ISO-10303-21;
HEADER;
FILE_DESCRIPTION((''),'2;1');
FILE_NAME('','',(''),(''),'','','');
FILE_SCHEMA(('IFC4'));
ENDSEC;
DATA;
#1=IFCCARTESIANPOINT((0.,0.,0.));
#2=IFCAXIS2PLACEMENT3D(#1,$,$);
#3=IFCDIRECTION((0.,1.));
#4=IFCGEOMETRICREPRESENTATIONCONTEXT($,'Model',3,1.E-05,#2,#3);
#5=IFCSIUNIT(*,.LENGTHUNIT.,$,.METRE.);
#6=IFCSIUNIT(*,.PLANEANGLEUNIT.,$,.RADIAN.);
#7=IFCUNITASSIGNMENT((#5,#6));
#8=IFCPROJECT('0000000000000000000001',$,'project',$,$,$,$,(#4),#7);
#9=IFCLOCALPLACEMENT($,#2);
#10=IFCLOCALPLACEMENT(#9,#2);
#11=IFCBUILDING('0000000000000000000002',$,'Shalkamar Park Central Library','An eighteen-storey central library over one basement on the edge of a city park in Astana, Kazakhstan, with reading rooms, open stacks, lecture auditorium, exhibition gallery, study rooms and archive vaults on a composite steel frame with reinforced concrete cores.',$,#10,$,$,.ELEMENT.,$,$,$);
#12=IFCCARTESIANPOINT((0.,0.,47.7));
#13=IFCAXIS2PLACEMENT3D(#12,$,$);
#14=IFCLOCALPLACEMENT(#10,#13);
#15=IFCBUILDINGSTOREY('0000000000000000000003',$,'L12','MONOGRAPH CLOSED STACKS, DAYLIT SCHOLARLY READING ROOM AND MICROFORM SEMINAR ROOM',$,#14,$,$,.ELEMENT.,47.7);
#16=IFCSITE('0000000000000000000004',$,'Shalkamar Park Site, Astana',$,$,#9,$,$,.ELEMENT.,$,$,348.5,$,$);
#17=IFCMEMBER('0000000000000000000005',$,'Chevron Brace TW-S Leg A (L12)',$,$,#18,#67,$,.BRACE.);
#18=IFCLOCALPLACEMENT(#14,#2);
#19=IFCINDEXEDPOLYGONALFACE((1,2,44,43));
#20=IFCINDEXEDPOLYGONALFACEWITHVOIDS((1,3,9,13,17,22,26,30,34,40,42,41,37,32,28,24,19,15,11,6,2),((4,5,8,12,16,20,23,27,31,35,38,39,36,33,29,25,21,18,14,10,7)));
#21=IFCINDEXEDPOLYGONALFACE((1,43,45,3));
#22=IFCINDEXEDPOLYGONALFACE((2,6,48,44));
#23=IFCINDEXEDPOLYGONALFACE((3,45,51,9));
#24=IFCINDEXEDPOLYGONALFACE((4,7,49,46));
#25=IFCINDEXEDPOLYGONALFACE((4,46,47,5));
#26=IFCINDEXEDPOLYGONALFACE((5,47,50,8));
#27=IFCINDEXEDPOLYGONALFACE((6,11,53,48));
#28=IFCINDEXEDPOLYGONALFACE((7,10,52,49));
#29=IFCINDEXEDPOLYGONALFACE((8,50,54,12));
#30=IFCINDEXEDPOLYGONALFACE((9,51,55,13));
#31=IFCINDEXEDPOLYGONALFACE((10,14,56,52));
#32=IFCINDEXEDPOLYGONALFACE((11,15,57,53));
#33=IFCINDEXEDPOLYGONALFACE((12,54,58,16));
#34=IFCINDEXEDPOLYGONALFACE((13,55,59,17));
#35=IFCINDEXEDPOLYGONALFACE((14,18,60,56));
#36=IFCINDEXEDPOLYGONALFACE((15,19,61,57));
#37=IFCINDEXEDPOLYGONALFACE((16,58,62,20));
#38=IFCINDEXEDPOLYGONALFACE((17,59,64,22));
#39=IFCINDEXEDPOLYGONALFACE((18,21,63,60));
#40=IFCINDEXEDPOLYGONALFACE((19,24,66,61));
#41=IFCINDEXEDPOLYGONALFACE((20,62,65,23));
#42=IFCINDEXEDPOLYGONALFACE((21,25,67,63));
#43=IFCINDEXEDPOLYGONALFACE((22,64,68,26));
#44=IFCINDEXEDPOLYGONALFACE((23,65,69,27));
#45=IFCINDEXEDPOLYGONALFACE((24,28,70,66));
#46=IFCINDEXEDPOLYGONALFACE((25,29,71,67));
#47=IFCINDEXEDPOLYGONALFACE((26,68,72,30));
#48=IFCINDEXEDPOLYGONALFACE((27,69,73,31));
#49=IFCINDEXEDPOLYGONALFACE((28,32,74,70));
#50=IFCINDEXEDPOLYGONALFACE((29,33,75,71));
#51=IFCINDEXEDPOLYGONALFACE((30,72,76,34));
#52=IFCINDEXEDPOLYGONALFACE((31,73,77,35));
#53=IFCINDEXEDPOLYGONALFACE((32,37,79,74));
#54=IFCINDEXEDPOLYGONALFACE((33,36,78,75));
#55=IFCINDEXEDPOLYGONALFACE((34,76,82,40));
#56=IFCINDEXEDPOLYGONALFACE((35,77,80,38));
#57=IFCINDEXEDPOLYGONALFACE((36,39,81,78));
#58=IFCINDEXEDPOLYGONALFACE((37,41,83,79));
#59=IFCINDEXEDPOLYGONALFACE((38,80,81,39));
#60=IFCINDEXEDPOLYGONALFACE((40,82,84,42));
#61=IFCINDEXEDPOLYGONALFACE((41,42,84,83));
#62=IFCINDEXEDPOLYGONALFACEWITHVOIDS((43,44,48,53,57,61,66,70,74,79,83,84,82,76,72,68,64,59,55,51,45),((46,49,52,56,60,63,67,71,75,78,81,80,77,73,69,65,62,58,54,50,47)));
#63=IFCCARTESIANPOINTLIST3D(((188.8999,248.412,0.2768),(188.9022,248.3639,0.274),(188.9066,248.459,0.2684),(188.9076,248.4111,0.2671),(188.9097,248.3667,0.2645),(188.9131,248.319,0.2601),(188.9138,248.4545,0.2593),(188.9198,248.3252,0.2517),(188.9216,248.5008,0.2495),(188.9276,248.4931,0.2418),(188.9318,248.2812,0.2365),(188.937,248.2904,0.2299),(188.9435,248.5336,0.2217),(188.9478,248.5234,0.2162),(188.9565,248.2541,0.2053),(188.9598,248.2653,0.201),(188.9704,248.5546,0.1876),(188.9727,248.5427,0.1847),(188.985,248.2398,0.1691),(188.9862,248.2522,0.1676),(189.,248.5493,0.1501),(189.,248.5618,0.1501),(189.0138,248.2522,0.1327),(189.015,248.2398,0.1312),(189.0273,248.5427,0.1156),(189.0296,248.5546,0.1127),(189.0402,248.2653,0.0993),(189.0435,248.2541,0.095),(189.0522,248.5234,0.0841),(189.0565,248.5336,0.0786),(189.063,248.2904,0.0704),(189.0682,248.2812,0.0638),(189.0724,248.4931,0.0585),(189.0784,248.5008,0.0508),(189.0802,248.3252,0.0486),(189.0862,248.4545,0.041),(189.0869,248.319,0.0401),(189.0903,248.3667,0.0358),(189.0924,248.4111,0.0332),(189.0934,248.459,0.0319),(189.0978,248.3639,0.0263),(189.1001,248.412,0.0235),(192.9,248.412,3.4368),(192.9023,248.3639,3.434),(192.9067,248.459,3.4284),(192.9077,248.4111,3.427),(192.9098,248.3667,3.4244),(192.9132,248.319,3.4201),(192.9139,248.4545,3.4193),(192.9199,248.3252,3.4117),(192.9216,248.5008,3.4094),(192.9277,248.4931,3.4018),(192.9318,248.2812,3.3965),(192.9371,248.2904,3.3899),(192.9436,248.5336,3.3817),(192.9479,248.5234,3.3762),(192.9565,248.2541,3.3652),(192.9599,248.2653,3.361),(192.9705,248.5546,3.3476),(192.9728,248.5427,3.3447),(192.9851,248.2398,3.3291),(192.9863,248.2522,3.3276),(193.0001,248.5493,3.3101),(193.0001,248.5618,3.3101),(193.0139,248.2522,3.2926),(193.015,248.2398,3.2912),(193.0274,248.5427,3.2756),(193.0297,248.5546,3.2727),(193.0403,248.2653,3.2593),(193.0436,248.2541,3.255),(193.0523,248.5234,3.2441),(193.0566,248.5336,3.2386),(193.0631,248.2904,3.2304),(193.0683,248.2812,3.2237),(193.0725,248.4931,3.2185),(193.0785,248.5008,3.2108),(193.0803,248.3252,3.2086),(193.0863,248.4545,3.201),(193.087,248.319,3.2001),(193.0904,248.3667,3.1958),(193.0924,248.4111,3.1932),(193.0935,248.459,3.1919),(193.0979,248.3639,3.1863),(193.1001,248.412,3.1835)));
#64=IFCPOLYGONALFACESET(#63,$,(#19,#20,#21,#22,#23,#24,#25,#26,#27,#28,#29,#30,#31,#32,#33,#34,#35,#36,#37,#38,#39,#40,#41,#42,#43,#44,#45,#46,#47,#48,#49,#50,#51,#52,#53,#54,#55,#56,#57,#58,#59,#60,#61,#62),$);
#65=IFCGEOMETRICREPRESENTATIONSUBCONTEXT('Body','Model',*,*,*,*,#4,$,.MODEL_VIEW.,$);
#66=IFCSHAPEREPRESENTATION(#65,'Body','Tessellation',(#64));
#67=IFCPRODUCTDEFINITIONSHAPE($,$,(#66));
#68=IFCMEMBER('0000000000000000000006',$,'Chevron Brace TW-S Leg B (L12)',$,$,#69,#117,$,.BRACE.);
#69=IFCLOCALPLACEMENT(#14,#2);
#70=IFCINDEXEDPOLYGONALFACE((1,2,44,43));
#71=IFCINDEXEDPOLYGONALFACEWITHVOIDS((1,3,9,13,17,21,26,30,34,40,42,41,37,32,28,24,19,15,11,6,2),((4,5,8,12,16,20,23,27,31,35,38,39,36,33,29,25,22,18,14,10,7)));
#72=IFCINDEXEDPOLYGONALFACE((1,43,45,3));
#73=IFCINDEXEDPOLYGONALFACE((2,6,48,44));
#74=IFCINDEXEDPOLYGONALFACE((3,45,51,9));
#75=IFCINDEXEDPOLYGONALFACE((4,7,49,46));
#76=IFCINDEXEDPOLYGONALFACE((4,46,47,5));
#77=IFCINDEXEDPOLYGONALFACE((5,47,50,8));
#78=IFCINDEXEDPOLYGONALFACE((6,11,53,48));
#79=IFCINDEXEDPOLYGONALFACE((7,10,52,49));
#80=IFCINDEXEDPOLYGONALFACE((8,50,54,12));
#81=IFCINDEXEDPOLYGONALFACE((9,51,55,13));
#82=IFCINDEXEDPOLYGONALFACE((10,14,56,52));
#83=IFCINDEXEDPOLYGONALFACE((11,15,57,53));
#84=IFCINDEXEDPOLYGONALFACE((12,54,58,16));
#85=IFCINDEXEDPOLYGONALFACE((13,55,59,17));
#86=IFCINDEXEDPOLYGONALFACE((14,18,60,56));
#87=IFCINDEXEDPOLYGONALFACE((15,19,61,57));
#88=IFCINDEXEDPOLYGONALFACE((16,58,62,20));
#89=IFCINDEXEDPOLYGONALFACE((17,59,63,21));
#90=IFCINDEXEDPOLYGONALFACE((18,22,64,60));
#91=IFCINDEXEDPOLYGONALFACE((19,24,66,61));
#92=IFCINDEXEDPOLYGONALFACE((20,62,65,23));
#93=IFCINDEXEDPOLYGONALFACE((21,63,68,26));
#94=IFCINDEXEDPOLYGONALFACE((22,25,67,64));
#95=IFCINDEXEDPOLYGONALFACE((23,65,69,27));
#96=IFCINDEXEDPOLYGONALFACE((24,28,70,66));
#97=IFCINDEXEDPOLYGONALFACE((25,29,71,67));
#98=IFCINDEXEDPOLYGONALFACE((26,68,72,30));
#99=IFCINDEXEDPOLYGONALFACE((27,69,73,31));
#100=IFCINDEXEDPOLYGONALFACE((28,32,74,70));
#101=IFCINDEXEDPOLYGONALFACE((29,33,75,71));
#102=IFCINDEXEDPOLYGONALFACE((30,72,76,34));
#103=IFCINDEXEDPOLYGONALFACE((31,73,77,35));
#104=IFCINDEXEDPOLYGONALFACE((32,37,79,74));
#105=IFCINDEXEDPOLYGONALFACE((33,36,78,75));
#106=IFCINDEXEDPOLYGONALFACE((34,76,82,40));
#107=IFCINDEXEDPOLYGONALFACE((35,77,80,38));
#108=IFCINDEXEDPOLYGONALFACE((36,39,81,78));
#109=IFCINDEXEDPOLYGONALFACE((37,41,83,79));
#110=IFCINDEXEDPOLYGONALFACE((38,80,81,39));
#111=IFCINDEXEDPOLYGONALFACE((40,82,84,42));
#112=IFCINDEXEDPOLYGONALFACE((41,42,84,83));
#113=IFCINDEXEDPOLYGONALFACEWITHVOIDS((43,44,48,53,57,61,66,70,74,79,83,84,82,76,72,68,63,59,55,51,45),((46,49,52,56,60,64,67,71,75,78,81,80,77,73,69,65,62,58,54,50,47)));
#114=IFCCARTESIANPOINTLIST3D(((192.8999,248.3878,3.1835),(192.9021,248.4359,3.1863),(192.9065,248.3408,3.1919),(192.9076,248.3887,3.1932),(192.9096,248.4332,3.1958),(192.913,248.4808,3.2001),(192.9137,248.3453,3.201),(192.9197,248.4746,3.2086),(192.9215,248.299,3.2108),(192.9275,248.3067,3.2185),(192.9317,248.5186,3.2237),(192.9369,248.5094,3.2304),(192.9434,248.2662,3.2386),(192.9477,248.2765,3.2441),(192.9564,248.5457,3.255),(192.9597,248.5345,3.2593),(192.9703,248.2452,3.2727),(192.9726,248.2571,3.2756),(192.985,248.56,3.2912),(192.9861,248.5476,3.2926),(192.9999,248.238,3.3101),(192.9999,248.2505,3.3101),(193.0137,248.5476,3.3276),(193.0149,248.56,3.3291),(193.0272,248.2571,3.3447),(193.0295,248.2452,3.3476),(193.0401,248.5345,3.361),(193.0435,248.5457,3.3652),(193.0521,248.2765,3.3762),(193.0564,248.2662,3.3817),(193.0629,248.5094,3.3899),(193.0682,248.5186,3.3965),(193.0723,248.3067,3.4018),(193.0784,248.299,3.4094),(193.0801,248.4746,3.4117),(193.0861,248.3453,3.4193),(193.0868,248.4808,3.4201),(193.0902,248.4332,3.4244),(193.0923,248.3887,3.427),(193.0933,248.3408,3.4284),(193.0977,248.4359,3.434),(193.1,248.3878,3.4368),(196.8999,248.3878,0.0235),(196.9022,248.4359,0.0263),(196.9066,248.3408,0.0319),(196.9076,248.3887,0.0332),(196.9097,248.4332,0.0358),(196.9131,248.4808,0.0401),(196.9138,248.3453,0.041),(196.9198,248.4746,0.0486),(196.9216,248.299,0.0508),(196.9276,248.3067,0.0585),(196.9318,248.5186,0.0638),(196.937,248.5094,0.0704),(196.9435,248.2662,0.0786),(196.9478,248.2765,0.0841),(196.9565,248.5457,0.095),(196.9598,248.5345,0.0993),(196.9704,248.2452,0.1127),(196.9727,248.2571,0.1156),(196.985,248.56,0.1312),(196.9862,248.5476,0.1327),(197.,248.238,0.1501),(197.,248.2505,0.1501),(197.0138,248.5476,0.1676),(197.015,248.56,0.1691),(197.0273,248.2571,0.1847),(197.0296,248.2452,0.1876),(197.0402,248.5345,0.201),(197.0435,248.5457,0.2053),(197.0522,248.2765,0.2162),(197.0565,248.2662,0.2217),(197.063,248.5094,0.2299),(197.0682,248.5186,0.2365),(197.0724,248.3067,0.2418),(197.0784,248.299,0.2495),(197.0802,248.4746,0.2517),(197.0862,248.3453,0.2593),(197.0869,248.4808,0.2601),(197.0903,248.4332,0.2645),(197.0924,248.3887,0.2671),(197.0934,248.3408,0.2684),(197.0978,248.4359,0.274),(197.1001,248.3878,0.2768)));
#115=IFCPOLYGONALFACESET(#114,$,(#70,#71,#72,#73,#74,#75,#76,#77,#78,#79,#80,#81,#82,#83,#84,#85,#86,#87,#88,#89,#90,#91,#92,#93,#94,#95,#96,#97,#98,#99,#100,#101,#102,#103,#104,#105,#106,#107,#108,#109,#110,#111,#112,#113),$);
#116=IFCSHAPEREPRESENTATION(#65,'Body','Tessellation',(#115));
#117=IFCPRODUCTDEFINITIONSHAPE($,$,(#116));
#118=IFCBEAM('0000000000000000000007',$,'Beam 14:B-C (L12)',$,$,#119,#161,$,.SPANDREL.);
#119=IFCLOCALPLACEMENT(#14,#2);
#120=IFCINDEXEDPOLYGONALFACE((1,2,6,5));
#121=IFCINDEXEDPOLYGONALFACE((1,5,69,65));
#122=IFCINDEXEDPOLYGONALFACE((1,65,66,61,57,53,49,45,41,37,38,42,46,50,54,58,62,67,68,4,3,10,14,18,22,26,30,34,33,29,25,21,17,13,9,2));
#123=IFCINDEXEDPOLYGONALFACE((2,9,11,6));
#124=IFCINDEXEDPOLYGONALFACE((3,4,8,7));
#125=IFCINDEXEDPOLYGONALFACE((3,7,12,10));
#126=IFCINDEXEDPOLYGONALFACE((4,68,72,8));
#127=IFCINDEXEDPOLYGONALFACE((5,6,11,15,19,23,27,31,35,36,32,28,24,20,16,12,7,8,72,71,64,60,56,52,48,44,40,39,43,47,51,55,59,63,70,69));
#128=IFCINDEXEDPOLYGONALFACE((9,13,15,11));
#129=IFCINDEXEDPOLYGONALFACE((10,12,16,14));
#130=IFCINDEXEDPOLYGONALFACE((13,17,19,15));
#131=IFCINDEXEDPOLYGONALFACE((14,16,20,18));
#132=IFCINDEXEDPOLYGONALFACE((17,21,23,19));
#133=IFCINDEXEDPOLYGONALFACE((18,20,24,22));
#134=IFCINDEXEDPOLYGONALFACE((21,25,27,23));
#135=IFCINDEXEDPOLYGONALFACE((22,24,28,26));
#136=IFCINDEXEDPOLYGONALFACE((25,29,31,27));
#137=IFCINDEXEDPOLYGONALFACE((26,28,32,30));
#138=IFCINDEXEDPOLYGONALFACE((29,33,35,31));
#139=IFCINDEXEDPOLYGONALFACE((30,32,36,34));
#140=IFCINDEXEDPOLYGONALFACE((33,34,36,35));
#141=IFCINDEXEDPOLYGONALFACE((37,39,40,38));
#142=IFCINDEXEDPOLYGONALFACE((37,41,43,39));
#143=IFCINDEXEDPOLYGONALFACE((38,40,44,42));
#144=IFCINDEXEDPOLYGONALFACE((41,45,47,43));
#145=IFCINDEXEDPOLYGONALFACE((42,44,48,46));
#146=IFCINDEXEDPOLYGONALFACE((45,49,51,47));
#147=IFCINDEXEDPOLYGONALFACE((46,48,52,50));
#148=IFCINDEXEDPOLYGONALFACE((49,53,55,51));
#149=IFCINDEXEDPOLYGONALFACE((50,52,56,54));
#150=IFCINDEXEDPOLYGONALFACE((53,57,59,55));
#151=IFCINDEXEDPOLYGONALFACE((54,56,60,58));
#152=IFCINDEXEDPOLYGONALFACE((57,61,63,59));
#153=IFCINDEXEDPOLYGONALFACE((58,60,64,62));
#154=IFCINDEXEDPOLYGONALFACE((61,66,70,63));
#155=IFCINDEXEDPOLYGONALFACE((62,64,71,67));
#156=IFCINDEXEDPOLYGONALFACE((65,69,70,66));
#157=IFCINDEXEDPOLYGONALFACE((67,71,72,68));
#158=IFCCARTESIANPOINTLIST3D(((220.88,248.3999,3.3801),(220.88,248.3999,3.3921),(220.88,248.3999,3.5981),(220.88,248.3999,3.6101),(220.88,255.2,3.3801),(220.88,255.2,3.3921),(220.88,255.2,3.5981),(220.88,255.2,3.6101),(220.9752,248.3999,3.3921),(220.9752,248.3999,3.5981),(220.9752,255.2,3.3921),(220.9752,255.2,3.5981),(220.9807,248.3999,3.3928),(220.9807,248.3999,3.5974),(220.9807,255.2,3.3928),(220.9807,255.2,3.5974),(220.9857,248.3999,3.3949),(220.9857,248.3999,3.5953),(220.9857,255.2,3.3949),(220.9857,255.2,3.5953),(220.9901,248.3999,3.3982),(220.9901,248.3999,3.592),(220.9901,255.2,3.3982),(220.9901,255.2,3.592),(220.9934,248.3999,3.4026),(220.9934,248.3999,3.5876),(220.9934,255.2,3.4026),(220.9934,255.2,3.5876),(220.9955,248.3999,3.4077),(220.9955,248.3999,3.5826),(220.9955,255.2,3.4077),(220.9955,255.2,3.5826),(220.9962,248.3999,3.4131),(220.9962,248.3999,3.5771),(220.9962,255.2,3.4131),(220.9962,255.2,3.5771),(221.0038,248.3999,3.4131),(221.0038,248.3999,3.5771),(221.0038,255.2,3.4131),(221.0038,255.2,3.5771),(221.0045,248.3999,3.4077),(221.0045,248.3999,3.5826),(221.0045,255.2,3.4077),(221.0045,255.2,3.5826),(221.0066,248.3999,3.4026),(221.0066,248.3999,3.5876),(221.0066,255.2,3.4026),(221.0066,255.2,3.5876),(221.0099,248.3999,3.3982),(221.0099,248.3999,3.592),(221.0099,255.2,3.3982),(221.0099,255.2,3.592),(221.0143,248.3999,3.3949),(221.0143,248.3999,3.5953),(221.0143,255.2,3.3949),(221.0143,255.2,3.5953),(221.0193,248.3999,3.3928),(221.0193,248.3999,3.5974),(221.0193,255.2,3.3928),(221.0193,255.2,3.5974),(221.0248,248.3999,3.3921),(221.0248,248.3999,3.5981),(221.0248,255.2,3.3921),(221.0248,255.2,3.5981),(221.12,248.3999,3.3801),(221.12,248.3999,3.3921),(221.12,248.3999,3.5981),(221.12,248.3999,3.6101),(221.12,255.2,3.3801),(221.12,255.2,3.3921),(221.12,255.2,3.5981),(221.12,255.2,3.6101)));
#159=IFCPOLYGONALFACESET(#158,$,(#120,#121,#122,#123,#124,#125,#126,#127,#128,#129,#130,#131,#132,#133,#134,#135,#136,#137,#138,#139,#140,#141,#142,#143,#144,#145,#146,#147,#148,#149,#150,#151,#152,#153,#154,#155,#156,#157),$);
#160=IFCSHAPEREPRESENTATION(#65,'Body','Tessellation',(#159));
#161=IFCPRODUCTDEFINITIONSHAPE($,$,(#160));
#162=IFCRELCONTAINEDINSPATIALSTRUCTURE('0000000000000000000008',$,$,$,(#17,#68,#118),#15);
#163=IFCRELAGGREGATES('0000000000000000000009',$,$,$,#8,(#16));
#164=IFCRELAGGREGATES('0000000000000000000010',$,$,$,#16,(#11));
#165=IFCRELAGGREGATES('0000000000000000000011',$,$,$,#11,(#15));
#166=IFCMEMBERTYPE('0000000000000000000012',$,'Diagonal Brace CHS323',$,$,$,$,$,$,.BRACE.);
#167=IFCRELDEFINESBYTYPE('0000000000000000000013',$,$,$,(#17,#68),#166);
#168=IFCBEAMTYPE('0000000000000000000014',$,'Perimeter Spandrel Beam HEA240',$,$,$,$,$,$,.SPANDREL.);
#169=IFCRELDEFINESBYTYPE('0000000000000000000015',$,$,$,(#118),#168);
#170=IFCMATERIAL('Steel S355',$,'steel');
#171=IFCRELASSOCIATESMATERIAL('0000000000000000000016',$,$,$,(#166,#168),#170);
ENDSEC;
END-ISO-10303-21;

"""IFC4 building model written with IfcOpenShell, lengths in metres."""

from ifc_helpers import new_model, si_unit, direction, frame, origin, origin_2d, place, context, subcontext, project, spatial, hollow_circle, i_section, extrude, material, material_profile, profile_set, type_object, element, save


model = new_model("IFC4")

# Units and contexts
model_context = context("Model", 3, precision=1e-05, world=origin(), true_north=direction((0.0, 1.0)))
body_context = subcontext(model_context, "Body", "Model", "MODEL_VIEW")
ifc_project = project(units=[si_unit("LENGTHUNIT", "METRE"), si_unit("PLANEANGLEUNIT", "RADIAN")], contexts=[model_context])

# Site, building, storey
site_placement = place(None, origin())
site = spatial("IfcSite", under=ifc_project, at=site_placement, Name="Shalkamar Park Site, Astana", CompositionType="ELEMENT", RefElevation=348.5)
building_placement = place(site_placement, origin())
building = spatial("IfcBuilding", under=site, at=building_placement, Name="Shalkamar Park Central Library", Description="An eighteen-storey central library over one basement on the edge of a city park in Astana, Kazakhstan, with reading rooms, open stacks, lecture auditorium, exhibition gallery, study rooms and archive vaults on a composite steel frame with reinforced concrete cores.", CompositionType="ELEMENT")
storey_placement = place(building_placement, frame((0.0, 0.0, 47.7)))
storey = spatial("IfcBuildingStorey", under=building, at=storey_placement, Name="L12", Description="MONOGRAPH CLOSED STACKS, DAYLIT SCHOLARLY READING ROOM AND MICROFORM SEMINAR ROOM", CompositionType="ELEMENT", Elevation=47.7)

# Shared definitions
ifc_material_1 = material(Name="Steel S355", Category="steel")

# Members
ifc_material_profile_1 = material_profile(ifc_material_1, hollow_circle(Radius=0.1619, WallThickness=0.0125, at=origin_2d()), Name="CHS 323.9x12.5")
ifc_profile_set_1 = profile_set([ifc_material_profile_1], Name="Steel S355")
member_type = type_object("IfcMemberType", Name="Diagonal Brace CHS323", PredefinedType="BRACE", material=ifc_profile_set_1)
for number, where, z_axis, x_axis, name in (
    (1, (189.0, 248.3999, 0.1501), (0.78469, 0.0, 0.619888), (0.0, 1.0, 0.0), "Chevron Brace TW-S Leg A (L12)"),
    (2, (197.0, 248.3999, 0.1501), (-0.78469, 0.0, 0.619888), (0.0, -1.0, 0.0), "Chevron Brace TW-S Leg B (L12)"),
):
    element("IfcMember", number, at=place(storey_placement, frame(where, z_axis=z_axis, x_axis=x_axis)), inside=storey, type_object=member_type, Name=name, PredefinedType="BRACE", context=body_context, shape_type="SweptSolid", body=[
        extrude(hollow_circle(Radius=0.1619, WallThickness=0.0125, at=origin_2d()), origin(), (0.0, 0.0, 1.0), 5.0977),
    ])

# Beam
ifc_material_profile_2 = material_profile(ifc_material_1, i_section(OverallWidth=0.24, OverallDepth=0.23, WebThickness=0.0076, FlangeThickness=0.012, FilletRadius=0.021, at=origin_2d()), Name="HEA 240")
ifc_profile_set_2 = profile_set([ifc_material_profile_2], Name="Steel S355")
beam_type_1 = type_object("IfcBeamType", Name="Perimeter Spandrel Beam HEA240", PredefinedType="SPANDREL", material=ifc_profile_set_2)
beam_1_placement = place(storey_placement, frame((221.0, 248.3999, 3.4951), z_axis=(0.0, 1.0, 0.0), x_axis=(-1.0, 0.0, 0.0)))
element("IfcBeam", 3, at=beam_1_placement, inside=storey, type_object=beam_type_1, Name="Beam 14:B-C (L12)", PredefinedType="SPANDREL", context=body_context, shape_type="SweptSolid", body=[
    extrude(i_section(OverallWidth=0.24, OverallDepth=0.23, WebThickness=0.0076, FlangeThickness=0.012, FilletRadius=0.021, at=origin_2d()), origin(), (0.0, 0.0, 1.0), 6.8),
])

save(model, "model.ifc")
